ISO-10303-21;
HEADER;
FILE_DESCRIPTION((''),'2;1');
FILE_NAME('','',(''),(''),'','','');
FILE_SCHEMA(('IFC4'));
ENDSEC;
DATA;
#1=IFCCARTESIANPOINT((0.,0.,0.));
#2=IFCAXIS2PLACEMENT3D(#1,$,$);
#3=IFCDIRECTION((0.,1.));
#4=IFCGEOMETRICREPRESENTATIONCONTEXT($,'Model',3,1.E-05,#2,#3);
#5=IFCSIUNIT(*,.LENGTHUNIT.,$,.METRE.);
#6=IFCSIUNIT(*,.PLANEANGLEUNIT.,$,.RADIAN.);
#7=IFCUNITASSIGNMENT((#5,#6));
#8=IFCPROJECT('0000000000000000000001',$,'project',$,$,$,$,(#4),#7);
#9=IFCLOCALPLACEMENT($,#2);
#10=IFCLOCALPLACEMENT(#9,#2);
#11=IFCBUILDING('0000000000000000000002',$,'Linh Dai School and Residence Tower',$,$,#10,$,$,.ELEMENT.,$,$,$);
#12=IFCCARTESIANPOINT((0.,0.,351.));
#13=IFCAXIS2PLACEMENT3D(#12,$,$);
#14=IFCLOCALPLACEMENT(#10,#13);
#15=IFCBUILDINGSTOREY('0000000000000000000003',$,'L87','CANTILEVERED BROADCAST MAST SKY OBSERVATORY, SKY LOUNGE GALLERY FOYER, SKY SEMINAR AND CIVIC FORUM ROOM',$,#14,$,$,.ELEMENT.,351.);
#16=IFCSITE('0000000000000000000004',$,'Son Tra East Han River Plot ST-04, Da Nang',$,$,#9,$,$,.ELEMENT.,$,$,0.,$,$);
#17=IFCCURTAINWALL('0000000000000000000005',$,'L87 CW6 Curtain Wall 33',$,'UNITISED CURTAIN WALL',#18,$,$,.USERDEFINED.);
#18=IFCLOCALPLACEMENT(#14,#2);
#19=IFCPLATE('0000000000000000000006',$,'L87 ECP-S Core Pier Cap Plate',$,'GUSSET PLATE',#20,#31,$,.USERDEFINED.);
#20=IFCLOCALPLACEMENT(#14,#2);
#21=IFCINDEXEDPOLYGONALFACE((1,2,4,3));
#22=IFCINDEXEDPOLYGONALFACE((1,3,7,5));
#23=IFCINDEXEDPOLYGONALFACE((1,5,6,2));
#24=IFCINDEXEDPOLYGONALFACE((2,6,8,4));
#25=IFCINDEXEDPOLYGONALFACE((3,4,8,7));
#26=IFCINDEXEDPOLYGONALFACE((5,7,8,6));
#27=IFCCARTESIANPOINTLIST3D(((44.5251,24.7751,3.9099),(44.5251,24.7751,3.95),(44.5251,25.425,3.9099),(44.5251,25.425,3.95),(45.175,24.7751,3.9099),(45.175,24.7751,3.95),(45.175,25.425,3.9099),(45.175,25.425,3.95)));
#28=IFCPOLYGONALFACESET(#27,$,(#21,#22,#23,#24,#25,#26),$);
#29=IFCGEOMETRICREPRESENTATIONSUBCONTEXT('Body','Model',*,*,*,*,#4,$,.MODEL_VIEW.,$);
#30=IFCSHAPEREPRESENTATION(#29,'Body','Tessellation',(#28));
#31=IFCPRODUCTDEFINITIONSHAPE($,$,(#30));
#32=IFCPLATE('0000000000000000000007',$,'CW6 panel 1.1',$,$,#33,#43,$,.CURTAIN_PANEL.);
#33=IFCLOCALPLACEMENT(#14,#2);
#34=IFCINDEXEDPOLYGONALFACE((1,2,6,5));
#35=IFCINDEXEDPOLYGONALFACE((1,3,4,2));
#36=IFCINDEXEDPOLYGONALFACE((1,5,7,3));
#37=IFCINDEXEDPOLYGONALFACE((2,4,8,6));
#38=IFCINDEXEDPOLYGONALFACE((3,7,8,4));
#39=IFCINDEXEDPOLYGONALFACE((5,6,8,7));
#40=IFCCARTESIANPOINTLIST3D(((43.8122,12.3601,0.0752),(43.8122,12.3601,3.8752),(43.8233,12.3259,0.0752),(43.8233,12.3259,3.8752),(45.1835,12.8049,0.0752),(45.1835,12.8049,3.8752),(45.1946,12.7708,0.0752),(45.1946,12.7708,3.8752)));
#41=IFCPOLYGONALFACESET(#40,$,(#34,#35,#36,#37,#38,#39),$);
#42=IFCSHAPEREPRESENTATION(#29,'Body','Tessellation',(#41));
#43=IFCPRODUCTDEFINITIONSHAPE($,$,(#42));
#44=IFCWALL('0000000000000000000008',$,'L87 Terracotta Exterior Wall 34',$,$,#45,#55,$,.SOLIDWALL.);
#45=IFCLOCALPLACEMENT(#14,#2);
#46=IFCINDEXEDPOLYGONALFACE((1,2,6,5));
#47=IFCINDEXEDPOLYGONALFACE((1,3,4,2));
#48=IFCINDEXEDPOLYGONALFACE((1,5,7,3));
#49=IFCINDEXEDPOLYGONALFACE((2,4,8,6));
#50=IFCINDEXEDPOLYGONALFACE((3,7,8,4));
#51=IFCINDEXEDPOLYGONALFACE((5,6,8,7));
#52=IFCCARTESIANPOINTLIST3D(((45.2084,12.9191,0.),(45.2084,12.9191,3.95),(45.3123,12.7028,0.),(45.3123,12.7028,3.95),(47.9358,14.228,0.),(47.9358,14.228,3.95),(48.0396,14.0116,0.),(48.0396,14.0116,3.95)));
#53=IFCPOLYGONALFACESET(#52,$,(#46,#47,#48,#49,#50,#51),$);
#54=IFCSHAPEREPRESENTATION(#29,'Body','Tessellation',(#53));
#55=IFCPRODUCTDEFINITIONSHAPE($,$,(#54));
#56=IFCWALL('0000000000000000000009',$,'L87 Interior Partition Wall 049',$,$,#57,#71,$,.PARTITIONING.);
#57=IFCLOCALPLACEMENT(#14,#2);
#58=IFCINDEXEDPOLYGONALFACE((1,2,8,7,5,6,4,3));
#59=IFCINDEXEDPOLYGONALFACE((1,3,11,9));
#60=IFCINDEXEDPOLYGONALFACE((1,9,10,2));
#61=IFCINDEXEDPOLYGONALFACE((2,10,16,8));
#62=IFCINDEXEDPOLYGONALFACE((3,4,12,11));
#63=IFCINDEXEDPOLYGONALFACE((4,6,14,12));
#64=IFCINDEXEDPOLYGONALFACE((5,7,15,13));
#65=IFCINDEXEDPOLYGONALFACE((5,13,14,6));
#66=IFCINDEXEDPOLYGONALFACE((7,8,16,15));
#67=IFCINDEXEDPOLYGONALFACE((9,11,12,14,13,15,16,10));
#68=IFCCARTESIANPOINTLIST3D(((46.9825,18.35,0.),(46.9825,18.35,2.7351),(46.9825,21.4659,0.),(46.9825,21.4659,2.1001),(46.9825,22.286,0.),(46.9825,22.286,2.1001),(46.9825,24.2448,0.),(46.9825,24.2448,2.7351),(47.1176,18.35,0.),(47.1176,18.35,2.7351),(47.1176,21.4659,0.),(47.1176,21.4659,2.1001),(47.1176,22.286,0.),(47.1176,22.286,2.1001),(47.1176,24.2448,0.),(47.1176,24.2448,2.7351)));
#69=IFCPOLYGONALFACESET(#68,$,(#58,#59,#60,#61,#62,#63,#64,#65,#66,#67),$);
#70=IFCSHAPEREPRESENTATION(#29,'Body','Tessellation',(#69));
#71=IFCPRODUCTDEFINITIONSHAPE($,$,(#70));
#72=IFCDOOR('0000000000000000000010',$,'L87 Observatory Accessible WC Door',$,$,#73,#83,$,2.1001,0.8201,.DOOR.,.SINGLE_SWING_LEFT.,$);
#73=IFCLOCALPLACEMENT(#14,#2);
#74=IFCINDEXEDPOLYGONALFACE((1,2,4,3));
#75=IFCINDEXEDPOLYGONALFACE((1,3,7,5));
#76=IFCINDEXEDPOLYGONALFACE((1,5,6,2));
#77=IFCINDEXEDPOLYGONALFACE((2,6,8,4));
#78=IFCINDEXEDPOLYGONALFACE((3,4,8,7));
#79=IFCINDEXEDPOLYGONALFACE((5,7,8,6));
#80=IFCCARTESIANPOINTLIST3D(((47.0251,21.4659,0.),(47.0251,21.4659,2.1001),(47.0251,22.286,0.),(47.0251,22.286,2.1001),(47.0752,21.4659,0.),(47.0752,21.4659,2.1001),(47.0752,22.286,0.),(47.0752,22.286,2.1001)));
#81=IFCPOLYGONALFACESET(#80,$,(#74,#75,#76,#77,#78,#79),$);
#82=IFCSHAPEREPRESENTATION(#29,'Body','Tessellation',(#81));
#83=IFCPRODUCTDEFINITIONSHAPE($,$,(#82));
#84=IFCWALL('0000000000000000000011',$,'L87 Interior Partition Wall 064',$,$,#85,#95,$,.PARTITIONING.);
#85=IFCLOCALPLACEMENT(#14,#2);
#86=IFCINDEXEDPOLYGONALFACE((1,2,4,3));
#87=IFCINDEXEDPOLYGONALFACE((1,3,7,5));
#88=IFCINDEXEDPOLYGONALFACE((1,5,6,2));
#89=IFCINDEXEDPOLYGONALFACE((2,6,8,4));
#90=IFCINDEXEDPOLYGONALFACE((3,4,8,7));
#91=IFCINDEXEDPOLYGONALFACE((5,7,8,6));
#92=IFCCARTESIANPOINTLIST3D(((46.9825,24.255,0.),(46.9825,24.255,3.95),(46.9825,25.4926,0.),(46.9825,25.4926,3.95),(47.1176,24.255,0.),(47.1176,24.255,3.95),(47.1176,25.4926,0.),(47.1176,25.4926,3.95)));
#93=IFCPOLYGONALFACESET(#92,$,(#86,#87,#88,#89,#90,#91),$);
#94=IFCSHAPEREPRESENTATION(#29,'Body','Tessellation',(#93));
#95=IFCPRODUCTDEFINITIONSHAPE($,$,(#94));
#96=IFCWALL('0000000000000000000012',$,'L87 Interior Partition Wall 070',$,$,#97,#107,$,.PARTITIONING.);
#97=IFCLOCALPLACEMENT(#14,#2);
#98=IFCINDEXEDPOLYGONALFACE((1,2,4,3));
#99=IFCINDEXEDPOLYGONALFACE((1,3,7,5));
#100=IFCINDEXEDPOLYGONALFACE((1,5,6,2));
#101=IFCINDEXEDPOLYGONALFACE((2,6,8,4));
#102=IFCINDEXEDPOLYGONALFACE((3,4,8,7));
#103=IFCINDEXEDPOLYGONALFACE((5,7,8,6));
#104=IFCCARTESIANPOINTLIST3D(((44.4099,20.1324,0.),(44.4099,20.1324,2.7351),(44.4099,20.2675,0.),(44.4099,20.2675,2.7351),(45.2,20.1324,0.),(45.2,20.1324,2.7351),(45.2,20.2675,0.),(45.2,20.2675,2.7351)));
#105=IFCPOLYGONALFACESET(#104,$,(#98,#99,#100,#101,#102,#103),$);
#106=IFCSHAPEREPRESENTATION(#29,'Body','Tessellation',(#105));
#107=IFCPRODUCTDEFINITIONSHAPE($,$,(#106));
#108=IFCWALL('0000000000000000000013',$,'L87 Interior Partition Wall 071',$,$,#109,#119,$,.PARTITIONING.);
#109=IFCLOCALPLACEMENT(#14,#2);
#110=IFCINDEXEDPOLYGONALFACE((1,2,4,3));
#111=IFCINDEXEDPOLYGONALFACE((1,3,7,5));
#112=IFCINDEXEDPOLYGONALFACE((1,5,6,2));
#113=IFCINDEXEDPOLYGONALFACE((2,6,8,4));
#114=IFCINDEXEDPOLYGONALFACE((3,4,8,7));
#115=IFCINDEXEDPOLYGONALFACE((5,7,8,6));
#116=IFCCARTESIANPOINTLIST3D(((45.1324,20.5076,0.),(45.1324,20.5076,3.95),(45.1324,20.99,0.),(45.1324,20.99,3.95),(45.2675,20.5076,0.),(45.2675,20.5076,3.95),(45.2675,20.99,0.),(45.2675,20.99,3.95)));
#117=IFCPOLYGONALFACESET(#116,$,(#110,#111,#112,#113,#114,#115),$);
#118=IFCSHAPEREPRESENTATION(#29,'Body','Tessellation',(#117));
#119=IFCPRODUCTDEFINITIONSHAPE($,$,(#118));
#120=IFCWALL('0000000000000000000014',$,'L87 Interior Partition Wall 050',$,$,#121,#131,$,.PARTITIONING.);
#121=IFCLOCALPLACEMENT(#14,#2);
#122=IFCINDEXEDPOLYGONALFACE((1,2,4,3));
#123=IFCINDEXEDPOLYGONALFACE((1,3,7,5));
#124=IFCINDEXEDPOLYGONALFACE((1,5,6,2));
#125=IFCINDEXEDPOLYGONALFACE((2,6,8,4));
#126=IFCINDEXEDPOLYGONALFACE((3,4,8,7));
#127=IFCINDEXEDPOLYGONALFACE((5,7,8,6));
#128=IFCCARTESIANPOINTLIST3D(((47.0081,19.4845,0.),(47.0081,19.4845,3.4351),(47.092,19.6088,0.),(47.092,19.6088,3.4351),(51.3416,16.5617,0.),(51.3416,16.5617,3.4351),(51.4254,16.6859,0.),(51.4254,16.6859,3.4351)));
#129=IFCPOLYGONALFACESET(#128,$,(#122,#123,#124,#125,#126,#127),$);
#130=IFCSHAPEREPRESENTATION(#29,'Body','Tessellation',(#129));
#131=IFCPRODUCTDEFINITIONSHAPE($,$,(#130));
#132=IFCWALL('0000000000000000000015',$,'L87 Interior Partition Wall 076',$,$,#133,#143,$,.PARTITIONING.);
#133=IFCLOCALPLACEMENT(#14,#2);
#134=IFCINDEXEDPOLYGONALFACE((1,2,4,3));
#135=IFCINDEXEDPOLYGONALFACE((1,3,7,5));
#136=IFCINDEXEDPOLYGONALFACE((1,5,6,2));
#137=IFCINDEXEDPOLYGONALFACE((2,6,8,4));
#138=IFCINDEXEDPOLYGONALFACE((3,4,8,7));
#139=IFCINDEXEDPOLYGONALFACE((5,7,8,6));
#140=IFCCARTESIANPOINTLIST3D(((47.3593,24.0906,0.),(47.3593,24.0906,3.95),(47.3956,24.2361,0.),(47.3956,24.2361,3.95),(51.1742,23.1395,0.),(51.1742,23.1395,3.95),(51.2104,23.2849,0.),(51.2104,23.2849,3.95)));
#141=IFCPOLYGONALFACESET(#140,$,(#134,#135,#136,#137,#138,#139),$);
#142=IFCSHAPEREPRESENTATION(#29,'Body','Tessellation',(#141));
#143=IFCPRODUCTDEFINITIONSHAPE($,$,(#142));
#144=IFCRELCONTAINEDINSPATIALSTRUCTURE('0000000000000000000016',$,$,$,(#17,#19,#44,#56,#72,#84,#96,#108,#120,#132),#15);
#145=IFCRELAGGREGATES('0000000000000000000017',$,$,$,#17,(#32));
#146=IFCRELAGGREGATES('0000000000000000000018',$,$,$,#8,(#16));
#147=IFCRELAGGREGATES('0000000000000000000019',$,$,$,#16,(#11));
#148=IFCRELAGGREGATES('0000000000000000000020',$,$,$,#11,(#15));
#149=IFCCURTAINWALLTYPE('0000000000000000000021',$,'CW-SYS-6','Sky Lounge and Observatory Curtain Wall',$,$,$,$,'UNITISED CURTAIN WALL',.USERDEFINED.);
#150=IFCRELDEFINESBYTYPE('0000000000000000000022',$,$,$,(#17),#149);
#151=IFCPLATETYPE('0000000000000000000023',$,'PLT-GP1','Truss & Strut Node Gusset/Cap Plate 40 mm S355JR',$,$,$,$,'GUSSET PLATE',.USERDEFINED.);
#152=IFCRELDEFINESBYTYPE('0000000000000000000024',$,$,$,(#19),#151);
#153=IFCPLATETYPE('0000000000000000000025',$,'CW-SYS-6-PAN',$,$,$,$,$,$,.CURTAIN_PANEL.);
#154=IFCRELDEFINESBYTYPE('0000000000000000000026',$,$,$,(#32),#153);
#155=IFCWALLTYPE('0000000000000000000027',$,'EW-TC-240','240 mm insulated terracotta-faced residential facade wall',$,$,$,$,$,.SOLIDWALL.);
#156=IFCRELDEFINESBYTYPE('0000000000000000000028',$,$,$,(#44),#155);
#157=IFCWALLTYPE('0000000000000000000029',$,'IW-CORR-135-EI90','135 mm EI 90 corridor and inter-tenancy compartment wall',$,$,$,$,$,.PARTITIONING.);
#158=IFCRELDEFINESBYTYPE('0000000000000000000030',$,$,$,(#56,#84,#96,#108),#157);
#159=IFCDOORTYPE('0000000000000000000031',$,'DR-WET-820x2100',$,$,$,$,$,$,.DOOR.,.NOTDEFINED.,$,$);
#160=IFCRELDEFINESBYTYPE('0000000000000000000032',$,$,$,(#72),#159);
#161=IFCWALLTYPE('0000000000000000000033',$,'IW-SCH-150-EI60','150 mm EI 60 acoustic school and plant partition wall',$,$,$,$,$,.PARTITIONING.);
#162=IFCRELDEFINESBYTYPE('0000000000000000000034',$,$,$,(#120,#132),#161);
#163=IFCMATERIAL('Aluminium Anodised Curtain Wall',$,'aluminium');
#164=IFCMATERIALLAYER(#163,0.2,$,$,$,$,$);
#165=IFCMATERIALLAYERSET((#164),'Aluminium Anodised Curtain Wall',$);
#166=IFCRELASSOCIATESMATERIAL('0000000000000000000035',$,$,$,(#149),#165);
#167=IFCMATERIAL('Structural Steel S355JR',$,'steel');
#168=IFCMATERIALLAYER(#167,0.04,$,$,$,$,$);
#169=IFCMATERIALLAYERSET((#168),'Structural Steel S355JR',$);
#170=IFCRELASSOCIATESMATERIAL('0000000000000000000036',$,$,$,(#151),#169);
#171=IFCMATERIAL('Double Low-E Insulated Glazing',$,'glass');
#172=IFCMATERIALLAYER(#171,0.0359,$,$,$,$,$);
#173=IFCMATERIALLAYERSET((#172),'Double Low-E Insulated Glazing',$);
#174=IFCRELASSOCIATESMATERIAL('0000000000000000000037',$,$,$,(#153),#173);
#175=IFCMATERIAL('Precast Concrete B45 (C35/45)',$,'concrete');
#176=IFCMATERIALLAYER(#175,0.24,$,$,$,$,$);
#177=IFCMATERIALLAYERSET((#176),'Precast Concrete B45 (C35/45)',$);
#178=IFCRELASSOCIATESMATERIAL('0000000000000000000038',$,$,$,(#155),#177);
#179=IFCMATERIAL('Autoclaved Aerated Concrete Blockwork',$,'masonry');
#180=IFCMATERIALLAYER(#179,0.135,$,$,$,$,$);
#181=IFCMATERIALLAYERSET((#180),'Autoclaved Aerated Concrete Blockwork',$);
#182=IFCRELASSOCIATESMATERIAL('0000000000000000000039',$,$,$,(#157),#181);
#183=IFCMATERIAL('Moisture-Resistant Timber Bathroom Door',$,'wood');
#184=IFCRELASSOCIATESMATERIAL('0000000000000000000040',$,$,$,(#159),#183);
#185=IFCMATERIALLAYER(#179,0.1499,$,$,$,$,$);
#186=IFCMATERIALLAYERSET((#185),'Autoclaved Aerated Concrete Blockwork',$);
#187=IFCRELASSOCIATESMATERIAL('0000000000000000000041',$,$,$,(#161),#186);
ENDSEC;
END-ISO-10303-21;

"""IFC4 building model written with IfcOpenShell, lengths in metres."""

from ifc_helpers import new_model, si_unit, direction, frame, frame_2d, origin, origin_2d, place, context, subcontext, project, spatial, rectangle, extrude, source, transform, mapped, material, layer, layer_set, type_object, element, fill, aggregate, save


model = new_model("IFC4")

# Units and contexts
model_context = context("Model", 3, precision=1e-05, world=origin(), true_north=direction((0.0, 1.0)))
body_context = subcontext(model_context, "Body", "Model", "MODEL_VIEW")
ifc_project = project(units=[si_unit("LENGTHUNIT", "METRE"), si_unit("PLANEANGLEUNIT", "RADIAN")], contexts=[model_context])

# Site, building, storey
site_placement = place(None, origin())
site = spatial("IfcSite", under=ifc_project, at=site_placement, Name="Son Tra East Han River Plot ST-04, Da Nang", CompositionType="ELEMENT", RefElevation=0.0)
building_placement = place(site_placement, origin())
building = spatial("IfcBuilding", under=site, at=building_placement, Name="Linh Dai School and Residence Tower", CompositionType="ELEMENT")
storey_placement = place(building_placement, frame((0.0, 0.0, 351.0)))
storey = spatial("IfcBuildingStorey", under=building, at=storey_placement, Name="L87", Description="CANTILEVERED BROADCAST MAST SKY OBSERVATORY, SKY LOUNGE GALLERY FOYER, SKY SEMINAR AND CIVIC FORUM ROOM", CompositionType="ELEMENT", Elevation=351.0)

# Shared definitions
ifc_material_1 = material(Name="Structural Steel S355JR", Category="steel")

# Curtain wall
ifc_material_2 = material(Name="Aluminium Anodised Curtain Wall", Category="aluminium")
ifc_layer_1 = layer(ifc_material_2, 0.2)
ifc_layer_set_1 = layer_set([ifc_layer_1], Name="Aluminium Anodised Curtain Wall")
curtain_wall_type = type_object("IfcCurtainWallType", Name="CW-SYS-6", Description="Sky Lounge and Observatory Curtain Wall", ElementType="UNITISED CURTAIN WALL", PredefinedType="USERDEFINED", material=ifc_layer_set_1)
curtain_wall_placement = place(storey_placement, origin())
curtain_wall = element("IfcCurtainWall", 1, at=curtain_wall_placement, inside=storey, type_object=curtain_wall_type, Name="L87 CW6 Curtain Wall 33", ObjectType="UNITISED CURTAIN WALL", PredefinedType="USERDEFINED")

# Plate
ifc_layer_2 = layer(ifc_material_1, 0.04)
ifc_layer_set_2 = layer_set([ifc_layer_2], Name="Structural Steel S355JR")
plate_type_1 = type_object("IfcPlateType", Name="PLT-GP1", Description="Truss & Strut Node Gusset/Cap Plate 40 mm S355JR", ElementType="GUSSET PLATE", PredefinedType="USERDEFINED", material=ifc_layer_set_2)
shared_shape_1 = source(origin(), body_context, "Body", "SweptSolid", [
    extrude(rectangle(XDim=0.6499, YDim=0.6499, at=origin_2d()), origin(), (0.0, 0.0, 1.0), 0.04),
])
plate_1_placement = place(storey_placement, frame((44.8501, 25.1001, 3.9099), z_axis=(0.0, 0.0, 1.0), x_axis=(1.0, 0.0, 0.0)))
element("IfcPlate", 2, at=plate_1_placement, inside=storey, type_object=plate_type_1, Name="L87 ECP-S Core Pier Cap Plate", ObjectType="GUSSET PLATE", PredefinedType="USERDEFINED", context=body_context, shape_type="MappedRepresentation", body=[
    mapped(shared_shape_1, transform((0.0, 0.0, 0.0), x_axis=(1.0, 0.0, 0.0), y_axis=(0.0, 1.0, 0.0), z_axis=(0.0, 0.0, 1.0), scale=1.0)),
])

# Plate
ifc_material_3 = material(Name="Double Low-E Insulated Glazing", Category="glass")
ifc_layer_3 = layer(ifc_material_3, 0.0359)
ifc_layer_set_3 = layer_set([ifc_layer_3], Name="Double Low-E Insulated Glazing")
plate_type_2 = type_object("IfcPlateType", Name="CW-SYS-6-PAN", PredefinedType="CURTAIN_PANEL", material=ifc_layer_set_3)
shared_shape_2 = source(origin(), body_context, "Body", "SweptSolid", [
    extrude(rectangle(XDim=1.4417, YDim=0.0359, at=origin_2d()), origin(), (0.0, 0.0, 1.0), 3.8),
])
plate_2_placement = place(storey_placement, frame((44.5034, 12.5654, 0.0752), z_axis=(0.0, 0.0, 1.0), x_axis=(-0.951203, -0.308565, 0.0)))
plate_2 = element("IfcPlate", 3, at=plate_2_placement, type_object=plate_type_2, Name="CW6 panel 1.1", PredefinedType="CURTAIN_PANEL", context=body_context, shape_type="MappedRepresentation", body=[
    mapped(shared_shape_2, transform((0.0, 0.0, 0.0), x_axis=(1.0, 0.0, 0.0), y_axis=(0.0, 1.0, 0.0), z_axis=(0.0, 0.0, 1.0), scale=1.0)),
])
aggregate(curtain_wall, [plate_2])

# Wall
ifc_material_4 = material(Name="Precast Concrete B45 (C35/45)", Category="concrete")
ifc_layer_4 = layer(ifc_material_4, 0.24)
ifc_layer_set_4 = layer_set([ifc_layer_4], Name="Precast Concrete B45 (C35/45)")
wall_type_1 = type_object("IfcWallType", Name="EW-TC-240", Description="240 mm insulated terracotta-faced residential facade wall", PredefinedType="SOLIDWALL", material=ifc_layer_set_4)
wall_1_placement = place(storey_placement, frame((47.9878, 14.1199, 0.0), z_axis=(0.0, 0.0, 1.0), x_axis=(-0.901557, -0.43266, 0.0)))
element("IfcWall", 4, at=wall_1_placement, inside=storey, type_object=wall_type_1, Name="L87 Terracotta Exterior Wall 34", PredefinedType="SOLIDWALL", context=body_context, shape_type="SweptSolid", body=[
    extrude(rectangle(XDim=3.0251, YDim=0.24, at=frame_2d((1.5127, 0.0))), origin(), (0.0, 0.0, 1.0), 3.95),
])

# Wall, opening, door
ifc_material_5 = material(Name="Autoclaved Aerated Concrete Blockwork", Category="masonry")
ifc_layer_5 = layer(ifc_material_5, 0.135)
ifc_layer_set_5 = layer_set([ifc_layer_5], Name="Autoclaved Aerated Concrete Blockwork")
wall_type_2 = type_object("IfcWallType", Name="IW-CORR-135-EI90", Description="135 mm EI 90 corridor and inter-tenancy compartment wall", PredefinedType="PARTITIONING", material=ifc_layer_set_5)
wall_2_placement = place(storey_placement, frame((47.05, 18.3501, 0.0), z_axis=(0.0, 0.0, 1.0), x_axis=(0.0, 1.0, 0.0)))
wall_2 = element("IfcWall", 5, at=wall_2_placement, inside=storey, type_object=wall_type_2, Name="L87 Interior Partition Wall 049", PredefinedType="PARTITIONING", context=body_context, shape_type="SweptSolid", body=[
    extrude(rectangle(XDim=5.8948, YDim=0.135, at=frame_2d((2.9473, 0.0))), origin(), (0.0, 0.0, 1.0), 2.7351),
])
opening_placement = place(wall_2_placement, frame((3.1157, 0.0, 0.0)))
opening = element("IfcOpeningElement", 6, at=opening_placement, cuts=wall_2, PredefinedType="OPENING", context=body_context, shape_type="SweptSolid", body=[
    extrude(rectangle(XDim=0.8201, YDim=2.1001, at=origin_2d()), frame((0.4102, 0.0776, 1.05), z_axis=(0.0, -1.0, 0.0), x_axis=(1.0, 0.0, 0.0)), (0.0, 0.0, 1.0), 0.155),
])
ifc_material_6 = material(Name="Moisture-Resistant Timber Bathroom Door", Category="wood")
door_type = type_object("IfcDoorType", Name="DR-WET-820x2100", OperationType="NOTDEFINED", PredefinedType="DOOR", material=ifc_material_6)
shared_shape_3 = source(origin(), body_context, "Body", "SweptSolid", [
    extrude(rectangle(XDim=0.8201, YDim=2.1001, at=origin_2d()), frame((0.4102, 0.0249, 1.05), z_axis=(0.0, -1.0, 0.0), x_axis=(1.0, 0.0, 0.0)), (0.0, 0.0, 1.0), 0.05),
])
door_placement = place(opening_placement, origin())
door = element("IfcDoor", 7, at=door_placement, inside=storey, type_object=door_type, Name="L87 Observatory Accessible WC Door", OperationType="SINGLE_SWING_LEFT", OverallHeight=2.1001, OverallWidth=0.8201, PredefinedType="DOOR", context=body_context, shape_type="MappedRepresentation", body=[
    mapped(shared_shape_3, transform((0.0, 0.0, 0.0), x_axis=(1.0, 0.0, 0.0), y_axis=(0.0, 1.0, 0.0), z_axis=(0.0, 0.0, 1.0), scale=1.0)),
])
fill(opening, door)

# Walls
wall_3_placement = place(storey_placement, frame((47.05, 25.4924, 0.0), z_axis=(0.0, 0.0, 1.0), x_axis=(0.0, -1.0, 0.0)))
element("IfcWall", 8, at=wall_3_placement, inside=storey, type_object=wall_type_2, Name="L87 Interior Partition Wall 064", PredefinedType="PARTITIONING", context=body_context, shape_type="SweptSolid", body=[
    extrude(rectangle(XDim=1.2375, YDim=0.135, at=frame_2d((0.6187, 0.0))), origin(), (0.0, 0.0, 1.0), 3.95),
])
wall_4_placement = place(storey_placement, frame((44.4099, 20.2, 0.0), z_axis=(0.0, 0.0, 1.0), x_axis=(1.0, 0.0, 0.0)))
element("IfcWall", 9, at=wall_4_placement, inside=storey, type_object=wall_type_2, Name="L87 Interior Partition Wall 070", PredefinedType="PARTITIONING", context=body_context, shape_type="SweptSolid", body=[
    extrude(rectangle(XDim=0.79, YDim=0.135, at=frame_2d((0.395, 0.0))), origin(), (0.0, 0.0, 1.0), 2.7351),
])
wall_5_placement = place(storey_placement, frame((45.2, 20.5076, 0.0), z_axis=(0.0, 0.0, 1.0), x_axis=(0.0, 1.0, 0.0)))
element("IfcWall", 10, at=wall_5_placement, inside=storey, type_object=wall_type_2, Name="L87 Interior Partition Wall 071", PredefinedType="PARTITIONING", context=body_context, shape_type="SweptSolid", body=[
    extrude(rectangle(XDim=0.4824, YDim=0.135, at=frame_2d((0.2412, 0.0))), origin(), (0.0, 0.0, 1.0), 3.95),
])
ifc_layer_6 = layer(ifc_material_5, 0.1499)
ifc_layer_set_6 = layer_set([ifc_layer_6], Name="Autoclaved Aerated Concrete Blockwork")
wall_type_3 = type_object("IfcWallType", Name="IW-SCH-150-EI60", Description="150 mm EI 60 acoustic school and plant partition wall", PredefinedType="PARTITIONING", material=ifc_layer_set_6)
wall_6_placement = place(storey_placement, frame((47.05, 19.5466, 0.0), z_axis=(0.0, 0.0, 1.0), x_axis=(0.829049, -0.559176, 0.0)))
element("IfcWall", 11, at=wall_6_placement, inside=storey, type_object=wall_type_3, Name="L87 Interior Partition Wall 050", PredefinedType="PARTITIONING", context=body_context, shape_type="SweptSolid", body=[
    extrude(rectangle(XDim=5.2271, YDim=0.1499, at=frame_2d((2.6135, 0.0))), origin(), (0.0, 0.0, 1.0), 3.4351),
])
wall_7_placement = place(storey_placement, frame((47.3774, 24.1633, 0.0), z_axis=(0.0, 0.0, 1.0), x_axis=(0.970296, -0.241922, 0.0)))
element("IfcWall", 12, at=wall_7_placement, inside=storey, type_object=wall_type_3, Name="L87 Interior Partition Wall 076", PredefinedType="PARTITIONING", context=body_context, shape_type="SweptSolid", body=[
    extrude(rectangle(XDim=3.9316, YDim=0.1499, at=frame_2d((1.9658, 0.0))), origin(), (0.0, 0.0, 1.0), 3.95),
])

save(model, "model.ifc")
